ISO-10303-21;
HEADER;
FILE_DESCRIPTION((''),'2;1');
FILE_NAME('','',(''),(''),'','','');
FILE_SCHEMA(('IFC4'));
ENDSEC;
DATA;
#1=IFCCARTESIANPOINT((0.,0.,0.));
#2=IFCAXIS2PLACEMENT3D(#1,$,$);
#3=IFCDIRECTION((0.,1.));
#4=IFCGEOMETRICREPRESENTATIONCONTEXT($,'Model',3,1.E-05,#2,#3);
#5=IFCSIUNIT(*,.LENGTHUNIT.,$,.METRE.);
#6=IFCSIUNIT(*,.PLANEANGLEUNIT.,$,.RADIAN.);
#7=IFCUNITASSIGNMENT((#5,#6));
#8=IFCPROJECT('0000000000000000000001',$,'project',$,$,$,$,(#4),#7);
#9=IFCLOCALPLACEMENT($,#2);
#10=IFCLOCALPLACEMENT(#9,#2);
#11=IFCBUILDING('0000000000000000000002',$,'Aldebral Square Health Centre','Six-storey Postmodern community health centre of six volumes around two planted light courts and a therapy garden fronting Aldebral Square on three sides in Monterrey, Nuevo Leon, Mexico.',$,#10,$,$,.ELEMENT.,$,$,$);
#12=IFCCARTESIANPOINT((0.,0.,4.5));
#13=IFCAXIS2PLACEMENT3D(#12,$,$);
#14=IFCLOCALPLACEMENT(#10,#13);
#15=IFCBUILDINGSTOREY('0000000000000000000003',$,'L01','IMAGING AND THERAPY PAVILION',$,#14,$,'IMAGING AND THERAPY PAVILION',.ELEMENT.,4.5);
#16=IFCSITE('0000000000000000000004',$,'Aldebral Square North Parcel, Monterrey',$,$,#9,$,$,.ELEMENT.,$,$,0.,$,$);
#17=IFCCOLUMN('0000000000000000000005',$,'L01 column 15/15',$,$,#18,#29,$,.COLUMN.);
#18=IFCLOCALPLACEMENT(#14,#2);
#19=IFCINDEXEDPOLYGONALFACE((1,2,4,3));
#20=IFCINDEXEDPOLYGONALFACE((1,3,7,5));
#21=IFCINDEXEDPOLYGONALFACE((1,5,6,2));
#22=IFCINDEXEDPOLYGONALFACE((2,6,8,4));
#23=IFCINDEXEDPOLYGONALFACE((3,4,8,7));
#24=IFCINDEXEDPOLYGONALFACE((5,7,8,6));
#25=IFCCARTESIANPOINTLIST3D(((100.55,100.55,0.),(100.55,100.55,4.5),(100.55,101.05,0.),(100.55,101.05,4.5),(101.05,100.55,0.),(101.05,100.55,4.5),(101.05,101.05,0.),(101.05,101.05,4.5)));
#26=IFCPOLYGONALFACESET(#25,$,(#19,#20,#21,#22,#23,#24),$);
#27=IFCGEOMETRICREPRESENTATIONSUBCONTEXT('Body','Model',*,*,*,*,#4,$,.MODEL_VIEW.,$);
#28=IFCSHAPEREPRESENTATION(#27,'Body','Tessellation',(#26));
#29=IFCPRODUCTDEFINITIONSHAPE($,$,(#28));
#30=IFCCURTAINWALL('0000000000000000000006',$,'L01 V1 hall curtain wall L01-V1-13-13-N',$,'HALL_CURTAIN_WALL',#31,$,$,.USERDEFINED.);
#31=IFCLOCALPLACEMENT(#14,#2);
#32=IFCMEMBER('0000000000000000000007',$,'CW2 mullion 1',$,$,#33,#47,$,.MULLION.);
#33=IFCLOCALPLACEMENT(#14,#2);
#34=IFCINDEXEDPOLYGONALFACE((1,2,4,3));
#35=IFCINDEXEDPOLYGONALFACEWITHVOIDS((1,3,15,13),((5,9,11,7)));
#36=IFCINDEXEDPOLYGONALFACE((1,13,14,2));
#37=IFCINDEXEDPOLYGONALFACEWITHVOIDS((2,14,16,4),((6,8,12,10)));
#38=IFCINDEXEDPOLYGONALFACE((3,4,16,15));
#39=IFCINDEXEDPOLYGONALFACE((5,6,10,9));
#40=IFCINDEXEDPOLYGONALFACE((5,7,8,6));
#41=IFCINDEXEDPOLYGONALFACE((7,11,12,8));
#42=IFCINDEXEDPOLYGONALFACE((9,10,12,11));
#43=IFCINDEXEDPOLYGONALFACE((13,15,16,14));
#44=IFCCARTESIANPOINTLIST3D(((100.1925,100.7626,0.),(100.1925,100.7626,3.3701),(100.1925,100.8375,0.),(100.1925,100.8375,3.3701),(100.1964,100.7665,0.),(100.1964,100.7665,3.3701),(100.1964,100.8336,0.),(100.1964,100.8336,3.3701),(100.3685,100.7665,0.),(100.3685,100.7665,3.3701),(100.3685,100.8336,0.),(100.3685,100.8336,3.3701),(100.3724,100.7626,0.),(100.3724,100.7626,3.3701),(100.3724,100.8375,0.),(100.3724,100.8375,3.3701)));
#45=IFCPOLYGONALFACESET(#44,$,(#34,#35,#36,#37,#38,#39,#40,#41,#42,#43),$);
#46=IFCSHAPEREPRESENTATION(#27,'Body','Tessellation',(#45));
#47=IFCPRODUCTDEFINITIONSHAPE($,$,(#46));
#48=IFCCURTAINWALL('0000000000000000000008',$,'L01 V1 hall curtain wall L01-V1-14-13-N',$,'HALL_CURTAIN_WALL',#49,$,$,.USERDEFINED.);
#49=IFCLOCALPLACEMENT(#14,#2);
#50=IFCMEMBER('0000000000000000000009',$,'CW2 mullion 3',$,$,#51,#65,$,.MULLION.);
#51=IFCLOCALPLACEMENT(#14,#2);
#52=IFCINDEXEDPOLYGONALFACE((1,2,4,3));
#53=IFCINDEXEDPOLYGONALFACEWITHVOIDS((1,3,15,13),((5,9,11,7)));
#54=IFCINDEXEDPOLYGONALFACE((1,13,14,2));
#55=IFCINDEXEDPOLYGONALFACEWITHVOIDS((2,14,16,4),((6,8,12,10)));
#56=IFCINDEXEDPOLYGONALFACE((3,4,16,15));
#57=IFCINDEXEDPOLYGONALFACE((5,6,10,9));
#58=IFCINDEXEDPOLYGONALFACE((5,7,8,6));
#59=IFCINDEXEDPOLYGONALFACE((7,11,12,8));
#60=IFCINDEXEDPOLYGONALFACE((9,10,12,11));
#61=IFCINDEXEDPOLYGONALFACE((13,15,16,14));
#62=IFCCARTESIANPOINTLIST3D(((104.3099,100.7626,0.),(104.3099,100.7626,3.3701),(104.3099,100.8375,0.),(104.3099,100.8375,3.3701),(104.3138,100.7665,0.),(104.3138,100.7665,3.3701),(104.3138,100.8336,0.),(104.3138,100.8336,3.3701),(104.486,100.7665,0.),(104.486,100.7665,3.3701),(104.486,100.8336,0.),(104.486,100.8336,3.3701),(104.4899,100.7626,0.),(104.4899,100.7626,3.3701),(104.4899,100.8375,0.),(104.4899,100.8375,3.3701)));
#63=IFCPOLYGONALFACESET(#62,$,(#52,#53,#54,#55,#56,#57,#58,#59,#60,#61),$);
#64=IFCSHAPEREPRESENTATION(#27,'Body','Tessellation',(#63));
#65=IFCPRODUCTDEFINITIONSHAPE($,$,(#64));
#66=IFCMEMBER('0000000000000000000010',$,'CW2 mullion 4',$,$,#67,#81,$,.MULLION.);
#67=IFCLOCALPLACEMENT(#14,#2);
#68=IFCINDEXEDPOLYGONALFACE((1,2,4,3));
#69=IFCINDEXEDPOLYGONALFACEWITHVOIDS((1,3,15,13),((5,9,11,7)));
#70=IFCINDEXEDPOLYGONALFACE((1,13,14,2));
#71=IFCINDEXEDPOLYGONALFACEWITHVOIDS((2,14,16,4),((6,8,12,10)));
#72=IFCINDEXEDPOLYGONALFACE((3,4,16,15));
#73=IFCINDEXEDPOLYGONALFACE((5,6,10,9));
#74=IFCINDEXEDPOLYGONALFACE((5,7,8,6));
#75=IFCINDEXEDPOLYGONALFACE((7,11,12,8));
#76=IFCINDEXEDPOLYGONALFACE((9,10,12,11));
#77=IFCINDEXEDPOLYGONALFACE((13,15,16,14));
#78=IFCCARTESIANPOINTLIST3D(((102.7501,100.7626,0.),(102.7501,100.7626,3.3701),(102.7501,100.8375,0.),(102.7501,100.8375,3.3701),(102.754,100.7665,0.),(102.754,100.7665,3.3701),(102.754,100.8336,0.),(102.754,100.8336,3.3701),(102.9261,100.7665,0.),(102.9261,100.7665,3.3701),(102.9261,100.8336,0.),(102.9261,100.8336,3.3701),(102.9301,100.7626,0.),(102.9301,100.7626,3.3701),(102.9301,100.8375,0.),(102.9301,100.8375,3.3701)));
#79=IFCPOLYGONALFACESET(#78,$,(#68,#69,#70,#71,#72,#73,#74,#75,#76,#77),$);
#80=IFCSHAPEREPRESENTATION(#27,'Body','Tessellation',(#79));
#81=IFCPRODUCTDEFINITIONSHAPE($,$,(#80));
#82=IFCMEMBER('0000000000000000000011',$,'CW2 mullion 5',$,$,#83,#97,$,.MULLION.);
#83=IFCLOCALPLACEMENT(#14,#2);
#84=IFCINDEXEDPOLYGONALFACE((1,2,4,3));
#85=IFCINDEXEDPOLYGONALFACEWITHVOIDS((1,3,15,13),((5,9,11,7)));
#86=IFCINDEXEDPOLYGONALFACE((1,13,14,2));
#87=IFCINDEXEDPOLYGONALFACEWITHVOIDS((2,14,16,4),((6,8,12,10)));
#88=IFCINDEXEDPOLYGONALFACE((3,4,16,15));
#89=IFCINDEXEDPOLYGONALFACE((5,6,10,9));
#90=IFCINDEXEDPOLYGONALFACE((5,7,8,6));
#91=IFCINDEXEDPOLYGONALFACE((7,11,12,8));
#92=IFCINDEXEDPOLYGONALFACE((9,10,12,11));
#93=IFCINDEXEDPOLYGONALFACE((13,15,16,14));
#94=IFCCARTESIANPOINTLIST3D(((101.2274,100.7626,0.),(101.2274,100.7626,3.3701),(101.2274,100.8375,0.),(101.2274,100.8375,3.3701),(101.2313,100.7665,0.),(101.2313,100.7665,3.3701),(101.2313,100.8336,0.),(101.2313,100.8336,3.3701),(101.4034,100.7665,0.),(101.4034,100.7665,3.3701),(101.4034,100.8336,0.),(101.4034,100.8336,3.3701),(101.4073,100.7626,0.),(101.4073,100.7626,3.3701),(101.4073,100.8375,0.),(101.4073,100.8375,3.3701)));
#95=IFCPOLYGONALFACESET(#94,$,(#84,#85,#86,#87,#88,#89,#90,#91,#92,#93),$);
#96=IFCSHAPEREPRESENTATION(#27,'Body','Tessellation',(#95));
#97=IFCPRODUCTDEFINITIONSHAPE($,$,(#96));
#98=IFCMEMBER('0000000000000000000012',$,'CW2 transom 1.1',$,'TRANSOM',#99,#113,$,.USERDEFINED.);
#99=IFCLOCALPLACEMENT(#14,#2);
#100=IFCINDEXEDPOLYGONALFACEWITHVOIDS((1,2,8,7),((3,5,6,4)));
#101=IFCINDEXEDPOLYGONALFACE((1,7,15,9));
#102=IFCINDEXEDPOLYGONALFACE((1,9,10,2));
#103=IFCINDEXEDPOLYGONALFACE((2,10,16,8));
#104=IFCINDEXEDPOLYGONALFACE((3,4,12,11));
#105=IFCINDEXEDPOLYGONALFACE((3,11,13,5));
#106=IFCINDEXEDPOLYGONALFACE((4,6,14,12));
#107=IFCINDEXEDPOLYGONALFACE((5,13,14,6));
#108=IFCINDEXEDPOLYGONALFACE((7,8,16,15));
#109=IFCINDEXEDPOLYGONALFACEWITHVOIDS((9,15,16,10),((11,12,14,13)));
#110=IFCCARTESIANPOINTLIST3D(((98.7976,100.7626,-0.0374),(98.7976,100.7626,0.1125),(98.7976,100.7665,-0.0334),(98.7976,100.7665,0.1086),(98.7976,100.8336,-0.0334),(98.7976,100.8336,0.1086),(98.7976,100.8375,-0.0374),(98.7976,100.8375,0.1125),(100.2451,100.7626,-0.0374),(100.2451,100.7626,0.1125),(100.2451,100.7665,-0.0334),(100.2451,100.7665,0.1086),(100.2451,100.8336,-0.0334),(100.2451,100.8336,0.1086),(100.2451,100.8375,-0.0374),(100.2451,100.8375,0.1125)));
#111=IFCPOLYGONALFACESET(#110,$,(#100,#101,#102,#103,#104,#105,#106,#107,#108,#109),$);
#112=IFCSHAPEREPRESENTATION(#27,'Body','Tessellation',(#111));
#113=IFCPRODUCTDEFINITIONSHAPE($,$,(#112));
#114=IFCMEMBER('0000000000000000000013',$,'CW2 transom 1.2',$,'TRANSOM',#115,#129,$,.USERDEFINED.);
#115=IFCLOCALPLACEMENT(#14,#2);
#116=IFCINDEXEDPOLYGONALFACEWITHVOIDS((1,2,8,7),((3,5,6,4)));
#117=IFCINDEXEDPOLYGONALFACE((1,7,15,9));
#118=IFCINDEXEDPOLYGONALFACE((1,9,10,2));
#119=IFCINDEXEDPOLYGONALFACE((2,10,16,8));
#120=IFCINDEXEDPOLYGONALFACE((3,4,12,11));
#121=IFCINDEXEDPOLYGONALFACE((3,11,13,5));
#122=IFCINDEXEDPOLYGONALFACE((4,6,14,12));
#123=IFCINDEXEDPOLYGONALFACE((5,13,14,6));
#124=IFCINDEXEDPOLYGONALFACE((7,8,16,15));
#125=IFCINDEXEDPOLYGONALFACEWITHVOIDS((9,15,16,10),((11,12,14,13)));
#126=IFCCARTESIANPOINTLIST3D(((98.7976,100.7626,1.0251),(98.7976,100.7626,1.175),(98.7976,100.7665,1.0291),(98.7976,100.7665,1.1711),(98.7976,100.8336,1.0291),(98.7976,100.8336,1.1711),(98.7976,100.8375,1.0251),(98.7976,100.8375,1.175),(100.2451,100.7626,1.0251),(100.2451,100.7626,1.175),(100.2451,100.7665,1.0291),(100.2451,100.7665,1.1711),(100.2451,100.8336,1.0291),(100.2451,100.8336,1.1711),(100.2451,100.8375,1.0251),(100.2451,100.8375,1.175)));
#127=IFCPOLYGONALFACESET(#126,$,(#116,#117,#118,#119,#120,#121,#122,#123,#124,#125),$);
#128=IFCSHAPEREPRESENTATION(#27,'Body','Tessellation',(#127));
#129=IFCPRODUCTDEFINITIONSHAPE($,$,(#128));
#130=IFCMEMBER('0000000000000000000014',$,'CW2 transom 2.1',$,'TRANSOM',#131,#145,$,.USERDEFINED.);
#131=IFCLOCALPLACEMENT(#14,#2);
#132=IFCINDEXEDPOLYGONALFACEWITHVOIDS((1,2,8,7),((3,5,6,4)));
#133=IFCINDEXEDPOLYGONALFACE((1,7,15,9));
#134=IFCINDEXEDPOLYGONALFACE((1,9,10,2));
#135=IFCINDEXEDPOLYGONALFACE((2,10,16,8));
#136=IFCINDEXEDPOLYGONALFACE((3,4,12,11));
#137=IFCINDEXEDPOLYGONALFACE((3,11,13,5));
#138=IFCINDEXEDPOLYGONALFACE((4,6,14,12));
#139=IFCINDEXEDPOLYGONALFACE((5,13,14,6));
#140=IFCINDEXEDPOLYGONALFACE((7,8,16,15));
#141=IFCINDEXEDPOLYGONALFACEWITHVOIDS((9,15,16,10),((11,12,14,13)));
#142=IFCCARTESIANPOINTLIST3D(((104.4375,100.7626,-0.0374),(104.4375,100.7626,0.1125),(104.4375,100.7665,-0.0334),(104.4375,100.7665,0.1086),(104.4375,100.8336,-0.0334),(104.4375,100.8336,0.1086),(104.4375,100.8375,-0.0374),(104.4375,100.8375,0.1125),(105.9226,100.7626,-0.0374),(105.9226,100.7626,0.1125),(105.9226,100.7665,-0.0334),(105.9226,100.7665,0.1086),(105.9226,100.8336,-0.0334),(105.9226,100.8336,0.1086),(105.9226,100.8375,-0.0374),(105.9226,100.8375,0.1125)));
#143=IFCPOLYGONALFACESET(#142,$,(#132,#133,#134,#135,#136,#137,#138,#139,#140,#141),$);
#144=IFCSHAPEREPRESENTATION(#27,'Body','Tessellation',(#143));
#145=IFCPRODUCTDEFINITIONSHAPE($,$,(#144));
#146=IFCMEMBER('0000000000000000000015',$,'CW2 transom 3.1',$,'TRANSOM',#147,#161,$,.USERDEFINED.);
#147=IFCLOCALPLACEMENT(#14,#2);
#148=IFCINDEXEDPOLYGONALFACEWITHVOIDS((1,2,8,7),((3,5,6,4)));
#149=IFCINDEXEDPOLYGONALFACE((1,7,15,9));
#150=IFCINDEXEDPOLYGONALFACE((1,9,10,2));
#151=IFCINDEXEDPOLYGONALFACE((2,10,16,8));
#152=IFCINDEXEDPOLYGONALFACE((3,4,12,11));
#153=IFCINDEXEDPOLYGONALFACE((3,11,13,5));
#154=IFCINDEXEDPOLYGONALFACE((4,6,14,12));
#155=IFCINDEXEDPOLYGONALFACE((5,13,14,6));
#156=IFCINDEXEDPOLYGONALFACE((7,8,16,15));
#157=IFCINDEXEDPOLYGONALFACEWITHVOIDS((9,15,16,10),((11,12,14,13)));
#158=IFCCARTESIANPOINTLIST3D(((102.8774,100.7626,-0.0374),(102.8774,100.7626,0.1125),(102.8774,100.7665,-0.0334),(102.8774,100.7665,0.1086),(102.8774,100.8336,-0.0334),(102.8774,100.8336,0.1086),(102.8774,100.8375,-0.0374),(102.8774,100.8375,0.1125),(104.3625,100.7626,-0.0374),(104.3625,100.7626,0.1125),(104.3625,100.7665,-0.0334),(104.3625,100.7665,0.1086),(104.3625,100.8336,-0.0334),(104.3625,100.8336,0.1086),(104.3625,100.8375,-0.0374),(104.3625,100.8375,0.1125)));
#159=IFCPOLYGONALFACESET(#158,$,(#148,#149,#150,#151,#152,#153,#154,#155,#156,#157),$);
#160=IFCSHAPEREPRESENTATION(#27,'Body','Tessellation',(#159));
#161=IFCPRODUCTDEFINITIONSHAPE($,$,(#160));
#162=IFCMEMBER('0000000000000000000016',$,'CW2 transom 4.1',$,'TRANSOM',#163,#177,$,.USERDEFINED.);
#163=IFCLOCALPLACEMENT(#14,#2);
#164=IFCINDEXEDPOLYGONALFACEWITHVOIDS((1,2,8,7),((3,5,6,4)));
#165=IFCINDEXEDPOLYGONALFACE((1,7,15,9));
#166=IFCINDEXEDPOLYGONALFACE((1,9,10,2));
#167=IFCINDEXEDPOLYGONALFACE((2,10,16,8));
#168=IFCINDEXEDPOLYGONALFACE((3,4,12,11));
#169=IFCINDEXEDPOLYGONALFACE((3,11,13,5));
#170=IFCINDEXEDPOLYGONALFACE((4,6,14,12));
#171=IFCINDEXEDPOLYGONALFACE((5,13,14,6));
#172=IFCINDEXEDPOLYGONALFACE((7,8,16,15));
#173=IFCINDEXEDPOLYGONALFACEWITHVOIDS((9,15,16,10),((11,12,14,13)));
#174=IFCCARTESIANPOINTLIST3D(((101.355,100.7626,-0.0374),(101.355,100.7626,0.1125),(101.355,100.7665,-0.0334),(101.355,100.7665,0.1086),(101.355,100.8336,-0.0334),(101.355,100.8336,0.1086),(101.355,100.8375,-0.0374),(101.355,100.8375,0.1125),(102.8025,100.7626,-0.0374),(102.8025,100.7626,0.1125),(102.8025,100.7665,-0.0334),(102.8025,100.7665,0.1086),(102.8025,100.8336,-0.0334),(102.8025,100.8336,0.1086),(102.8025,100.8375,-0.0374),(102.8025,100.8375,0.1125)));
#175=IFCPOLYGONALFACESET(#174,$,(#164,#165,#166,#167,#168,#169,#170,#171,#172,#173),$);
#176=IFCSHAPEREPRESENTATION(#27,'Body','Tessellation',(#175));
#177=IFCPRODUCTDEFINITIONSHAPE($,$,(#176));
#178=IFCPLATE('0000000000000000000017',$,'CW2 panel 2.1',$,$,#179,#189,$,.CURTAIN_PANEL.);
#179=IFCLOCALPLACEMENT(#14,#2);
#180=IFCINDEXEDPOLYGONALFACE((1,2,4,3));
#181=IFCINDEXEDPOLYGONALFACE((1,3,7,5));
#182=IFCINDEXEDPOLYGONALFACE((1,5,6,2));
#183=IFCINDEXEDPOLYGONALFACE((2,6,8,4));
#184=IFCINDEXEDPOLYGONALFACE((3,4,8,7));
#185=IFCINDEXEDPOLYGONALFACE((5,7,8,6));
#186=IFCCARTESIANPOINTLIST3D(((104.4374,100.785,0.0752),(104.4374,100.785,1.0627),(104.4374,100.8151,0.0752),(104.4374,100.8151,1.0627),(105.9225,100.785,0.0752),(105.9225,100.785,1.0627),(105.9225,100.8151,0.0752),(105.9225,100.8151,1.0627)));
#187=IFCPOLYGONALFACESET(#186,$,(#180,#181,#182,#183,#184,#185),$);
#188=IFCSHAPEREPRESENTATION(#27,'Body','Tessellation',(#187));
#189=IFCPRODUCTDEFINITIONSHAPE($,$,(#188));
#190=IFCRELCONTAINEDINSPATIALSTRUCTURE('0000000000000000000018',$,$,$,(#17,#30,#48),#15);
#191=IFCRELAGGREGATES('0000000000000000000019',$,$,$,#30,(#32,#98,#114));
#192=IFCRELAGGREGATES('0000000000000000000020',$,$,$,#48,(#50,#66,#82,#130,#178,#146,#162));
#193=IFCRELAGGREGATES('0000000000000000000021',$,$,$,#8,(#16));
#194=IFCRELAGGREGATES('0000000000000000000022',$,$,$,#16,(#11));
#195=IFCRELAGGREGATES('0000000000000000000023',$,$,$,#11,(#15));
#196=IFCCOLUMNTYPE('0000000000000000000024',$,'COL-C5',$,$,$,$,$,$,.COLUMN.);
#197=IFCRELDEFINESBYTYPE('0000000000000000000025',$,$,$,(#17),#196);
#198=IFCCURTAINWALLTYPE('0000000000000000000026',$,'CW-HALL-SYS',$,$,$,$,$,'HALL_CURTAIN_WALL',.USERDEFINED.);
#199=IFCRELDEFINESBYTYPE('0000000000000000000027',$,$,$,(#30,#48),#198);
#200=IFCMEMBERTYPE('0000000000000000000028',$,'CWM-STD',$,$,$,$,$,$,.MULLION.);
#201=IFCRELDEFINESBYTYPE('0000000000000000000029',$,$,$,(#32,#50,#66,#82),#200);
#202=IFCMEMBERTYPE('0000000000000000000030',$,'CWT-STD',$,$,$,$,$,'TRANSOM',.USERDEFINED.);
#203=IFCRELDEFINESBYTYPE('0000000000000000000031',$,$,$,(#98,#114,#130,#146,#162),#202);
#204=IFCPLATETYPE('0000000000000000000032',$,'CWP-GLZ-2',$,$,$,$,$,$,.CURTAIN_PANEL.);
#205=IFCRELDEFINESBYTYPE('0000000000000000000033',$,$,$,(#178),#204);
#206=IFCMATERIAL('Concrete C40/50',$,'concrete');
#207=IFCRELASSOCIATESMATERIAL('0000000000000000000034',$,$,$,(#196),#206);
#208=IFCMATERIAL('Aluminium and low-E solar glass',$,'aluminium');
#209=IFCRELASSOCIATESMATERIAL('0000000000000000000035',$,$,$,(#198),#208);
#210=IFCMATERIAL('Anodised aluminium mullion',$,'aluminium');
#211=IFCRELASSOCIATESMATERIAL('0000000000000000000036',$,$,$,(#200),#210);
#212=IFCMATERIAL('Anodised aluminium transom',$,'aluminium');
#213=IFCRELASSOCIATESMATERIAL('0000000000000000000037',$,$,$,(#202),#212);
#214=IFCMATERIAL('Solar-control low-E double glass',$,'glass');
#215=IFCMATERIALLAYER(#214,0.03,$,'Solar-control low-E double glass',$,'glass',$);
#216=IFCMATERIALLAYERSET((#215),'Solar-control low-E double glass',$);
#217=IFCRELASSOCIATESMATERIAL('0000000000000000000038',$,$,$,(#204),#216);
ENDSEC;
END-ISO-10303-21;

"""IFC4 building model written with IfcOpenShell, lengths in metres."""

from ifc_helpers import new_model, si_unit, direction, frame, origin, origin_2d, place, context, subcontext, project, spatial, rectangle, hollow_rectangle, extrude, material, layer, layer_set, material_profile, profile_set, type_object, element, aggregate, save


model = new_model("IFC4")

# Units and contexts
model_context = context("Model", 3, precision=1e-05, world=origin(), true_north=direction((0.0, 1.0)))
body_context = subcontext(model_context, "Body", "Model", "MODEL_VIEW")
ifc_project = project(units=[si_unit("LENGTHUNIT", "METRE"), si_unit("PLANEANGLEUNIT", "RADIAN")], contexts=[model_context])

# Site, building, storey
site_placement = place(None, origin())
site = spatial("IfcSite", under=ifc_project, at=site_placement, Name="Aldebral Square North Parcel, Monterrey", CompositionType="ELEMENT", RefElevation=0.0)
building_placement = place(site_placement, origin())
building = spatial("IfcBuilding", under=site, at=building_placement, Name="Aldebral Square Health Centre", Description="Six-storey Postmodern community health centre of six volumes around two planted light courts and a therapy garden fronting Aldebral Square on three sides in Monterrey, Nuevo Leon, Mexico.", CompositionType="ELEMENT")
storey_placement = place(building_placement, frame((0.0, 0.0, 4.5)))
storey = spatial("IfcBuildingStorey", under=building, at=storey_placement, Name="L01", Description="IMAGING AND THERAPY PAVILION", LongName="IMAGING AND THERAPY PAVILION", CompositionType="ELEMENT", Elevation=4.5)

# Column
ifc_material_1 = material(Name="Concrete C40/50", Category="concrete")
ifc_material_profile_1 = material_profile(ifc_material_1, rectangle(XDim=0.5, YDim=0.5, at=origin_2d()), Name="RC 500x500")
ifc_profile_set_1 = profile_set([ifc_material_profile_1], Name="Concrete C40/50")
column_type = type_object("IfcColumnType", Name="COL-C5", PredefinedType="COLUMN", material=ifc_profile_set_1)
column_placement = place(storey_placement, frame((100.8, 100.8, 0.0), z_axis=(0.0, 0.0, 1.0), x_axis=(1.0, 0.0, 0.0)))
element("IfcColumn", 1, at=column_placement, inside=storey, type_object=column_type, Name="L01 column 15/15", PredefinedType="COLUMN", context=body_context, shape_type="SweptSolid", body=[
    extrude(rectangle(XDim=0.5, YDim=0.5, at=origin_2d()), origin(), (0.0, 0.0, 1.0), 4.5),
])

# Curtain wall, member
ifc_material_2 = material(Name="Aluminium and low-E solar glass", Category="aluminium")
curtain_wall_type = type_object("IfcCurtainWallType", Name="CW-HALL-SYS", ElementType="HALL_CURTAIN_WALL", PredefinedType="USERDEFINED", material=ifc_material_2)
curtain_wall_1_placement = place(storey_placement, origin())
curtain_wall_1 = element("IfcCurtainWall", 2, at=curtain_wall_1_placement, inside=storey, type_object=curtain_wall_type, Name="L01 V1 hall curtain wall L01-V1-13-13-N", ObjectType="HALL_CURTAIN_WALL", PredefinedType="USERDEFINED")
ifc_material_3 = material(Name="Anodised aluminium mullion", Category="aluminium")
ifc_material_profile_2 = material_profile(ifc_material_3, hollow_rectangle(XDim=0.075, YDim=0.1799, WallThickness=0.0039, at=origin_2d()), Name="CWM 75x180x4")
ifc_profile_set_2 = profile_set([ifc_material_profile_2], Name="Anodised aluminium mullion")
member_type_1 = type_object("IfcMemberType", Name="CWM-STD", PredefinedType="MULLION", material=ifc_profile_set_2)
member_1_placement = place(storey_placement, frame((100.2825, 100.8, 0.0), z_axis=(0.0, 0.0, 1.0), x_axis=(0.0, -1.0, 0.0)))
member_1 = element("IfcMember", 3, at=member_1_placement, type_object=member_type_1, Name="CW2 mullion 1", PredefinedType="MULLION", context=body_context, shape_type="SweptSolid", body=[
    extrude(hollow_rectangle(XDim=0.075, YDim=0.1799, WallThickness=0.0039, at=origin_2d()), origin(), (0.0, 0.0, 1.0), 3.3701),
])

# Curtain wall, members
curtain_wall_2_placement = place(storey_placement, origin())
curtain_wall_2 = element("IfcCurtainWall", 4, at=curtain_wall_2_placement, inside=storey, type_object=curtain_wall_type, Name="L01 V1 hall curtain wall L01-V1-14-13-N", ObjectType="HALL_CURTAIN_WALL", PredefinedType="USERDEFINED")
member_2_placement = place(storey_placement, frame((104.3999, 100.8, 0.0), z_axis=(0.0, 0.0, 1.0), x_axis=(0.0, -1.0, 0.0)))
member_2 = element("IfcMember", 5, at=member_2_placement, type_object=member_type_1, Name="CW2 mullion 3", PredefinedType="MULLION", context=body_context, shape_type="SweptSolid", body=[
    extrude(hollow_rectangle(XDim=0.075, YDim=0.1799, WallThickness=0.0039, at=origin_2d()), origin(), (0.0, 0.0, 1.0), 3.3701),
])
member_3_placement = place(storey_placement, frame((102.8401, 100.8, 0.0), z_axis=(0.0, 0.0, 1.0), x_axis=(0.0, -1.0, 0.0)))
member_3 = element("IfcMember", 6, at=member_3_placement, type_object=member_type_1, Name="CW2 mullion 4", PredefinedType="MULLION", context=body_context, shape_type="SweptSolid", body=[
    extrude(hollow_rectangle(XDim=0.075, YDim=0.1799, WallThickness=0.0039, at=origin_2d()), origin(), (0.0, 0.0, 1.0), 3.3701),
])
member_4_placement = place(storey_placement, frame((101.3174, 100.8, 0.0), z_axis=(0.0, 0.0, 1.0), x_axis=(0.0, -1.0, 0.0)))
member_4 = element("IfcMember", 7, at=member_4_placement, type_object=member_type_1, Name="CW2 mullion 5", PredefinedType="MULLION", context=body_context, shape_type="SweptSolid", body=[
    extrude(hollow_rectangle(XDim=0.075, YDim=0.1799, WallThickness=0.0039, at=origin_2d()), origin(), (0.0, 0.0, 1.0), 3.3701),
])

# Members
ifc_material_4 = material(Name="Anodised aluminium transom", Category="aluminium")
ifc_material_profile_3 = material_profile(ifc_material_4, hollow_rectangle(XDim=0.075, YDim=0.1499, WallThickness=0.0039, at=origin_2d()), Name="CWT 75x150x4")
ifc_profile_set_3 = profile_set([ifc_material_profile_3], Name="Anodised aluminium transom")
member_type_2 = type_object("IfcMemberType", Name="CWT-STD", ElementType="TRANSOM", PredefinedType="USERDEFINED", material=ifc_profile_set_3)
member_5_placement = place(storey_placement, frame((100.2451, 100.8, 0.0376), z_axis=(-1.0, 0.0, 0.0), x_axis=(0.0, -1.0, 0.0)))
member_5 = element("IfcMember", 8, at=member_5_placement, type_object=member_type_2, Name="CW2 transom 1.1", ObjectType="TRANSOM", PredefinedType="USERDEFINED", context=body_context, shape_type="SweptSolid", body=[
    extrude(hollow_rectangle(XDim=0.075, YDim=0.1499, WallThickness=0.0039, at=origin_2d()), origin(), (0.0, 0.0, 1.0), 1.4475),
])
member_6_placement = place(storey_placement, frame((100.2451, 100.8, 1.1001), z_axis=(-1.0, 0.0, 0.0), x_axis=(0.0, -1.0, 0.0)))
member_6 = element("IfcMember", 9, at=member_6_placement, type_object=member_type_2, Name="CW2 transom 1.2", ObjectType="TRANSOM", PredefinedType="USERDEFINED", context=body_context, shape_type="SweptSolid", body=[
    extrude(hollow_rectangle(XDim=0.075, YDim=0.1499, WallThickness=0.0039, at=origin_2d()), origin(), (0.0, 0.0, 1.0), 1.4475),
])
aggregate(curtain_wall_1, [member_1, member_5, member_6])
member_7_placement = place(storey_placement, frame((105.9226, 100.8, 0.0376), z_axis=(-1.0, 0.0, 0.0), x_axis=(0.0, -1.0, 0.0)))
member_7 = element("IfcMember", 10, at=member_7_placement, type_object=member_type_2, Name="CW2 transom 2.1", ObjectType="TRANSOM", PredefinedType="USERDEFINED", context=body_context, shape_type="SweptSolid", body=[
    extrude(hollow_rectangle(XDim=0.075, YDim=0.1499, WallThickness=0.0039, at=origin_2d()), origin(), (0.0, 0.0, 1.0), 1.4851),
])
member_8_placement = place(storey_placement, frame((104.3625, 100.8, 0.0376), z_axis=(-1.0, 0.0, 0.0), x_axis=(0.0, -1.0, 0.0)))
member_8 = element("IfcMember", 11, at=member_8_placement, type_object=member_type_2, Name="CW2 transom 3.1", ObjectType="TRANSOM", PredefinedType="USERDEFINED", context=body_context, shape_type="SweptSolid", body=[
    extrude(hollow_rectangle(XDim=0.075, YDim=0.1499, WallThickness=0.0039, at=origin_2d()), origin(), (0.0, 0.0, 1.0), 1.4851),
])
member_9_placement = place(storey_placement, frame((102.8025, 100.8, 0.0376), z_axis=(-1.0, 0.0, 0.0), x_axis=(0.0, -1.0, 0.0)))
member_9 = element("IfcMember", 12, at=member_9_placement, type_object=member_type_2, Name="CW2 transom 4.1", ObjectType="TRANSOM", PredefinedType="USERDEFINED", context=body_context, shape_type="SweptSolid", body=[
    extrude(hollow_rectangle(XDim=0.075, YDim=0.1499, WallThickness=0.0039, at=origin_2d()), origin(), (0.0, 0.0, 1.0), 1.4475),
])

# Plate
ifc_material_5 = material(Name="Solar-control low-E double glass", Category="glass")
ifc_layer_1 = layer(ifc_material_5, 0.03, Name="Solar-control low-E double glass", Category="glass")
ifc_layer_set_1 = layer_set([ifc_layer_1], Name="Solar-control low-E double glass")
plate_type = type_object("IfcPlateType", Name="CWP-GLZ-2", PredefinedType="CURTAIN_PANEL", material=ifc_layer_set_1)
plate_1_placement = place(storey_placement, frame((105.1799, 100.8, 0.0752), z_axis=(0.0, 0.0, 1.0), x_axis=(-1.0, 0.0, 0.0)))
plate_1 = element("IfcPlate", 13, at=plate_1_placement, type_object=plate_type, Name="CW2 panel 2.1", PredefinedType="CURTAIN_PANEL", context=body_context, shape_type="SweptSolid", body=[
    extrude(rectangle(XDim=1.4851, YDim=0.03, at=origin_2d()), origin(), (0.0, 0.0, 1.0), 0.9875),
])
aggregate(curtain_wall_2, [member_2, member_3, member_4, member_7, plate_1, member_8, member_9])

save(model, "model.ifc")
